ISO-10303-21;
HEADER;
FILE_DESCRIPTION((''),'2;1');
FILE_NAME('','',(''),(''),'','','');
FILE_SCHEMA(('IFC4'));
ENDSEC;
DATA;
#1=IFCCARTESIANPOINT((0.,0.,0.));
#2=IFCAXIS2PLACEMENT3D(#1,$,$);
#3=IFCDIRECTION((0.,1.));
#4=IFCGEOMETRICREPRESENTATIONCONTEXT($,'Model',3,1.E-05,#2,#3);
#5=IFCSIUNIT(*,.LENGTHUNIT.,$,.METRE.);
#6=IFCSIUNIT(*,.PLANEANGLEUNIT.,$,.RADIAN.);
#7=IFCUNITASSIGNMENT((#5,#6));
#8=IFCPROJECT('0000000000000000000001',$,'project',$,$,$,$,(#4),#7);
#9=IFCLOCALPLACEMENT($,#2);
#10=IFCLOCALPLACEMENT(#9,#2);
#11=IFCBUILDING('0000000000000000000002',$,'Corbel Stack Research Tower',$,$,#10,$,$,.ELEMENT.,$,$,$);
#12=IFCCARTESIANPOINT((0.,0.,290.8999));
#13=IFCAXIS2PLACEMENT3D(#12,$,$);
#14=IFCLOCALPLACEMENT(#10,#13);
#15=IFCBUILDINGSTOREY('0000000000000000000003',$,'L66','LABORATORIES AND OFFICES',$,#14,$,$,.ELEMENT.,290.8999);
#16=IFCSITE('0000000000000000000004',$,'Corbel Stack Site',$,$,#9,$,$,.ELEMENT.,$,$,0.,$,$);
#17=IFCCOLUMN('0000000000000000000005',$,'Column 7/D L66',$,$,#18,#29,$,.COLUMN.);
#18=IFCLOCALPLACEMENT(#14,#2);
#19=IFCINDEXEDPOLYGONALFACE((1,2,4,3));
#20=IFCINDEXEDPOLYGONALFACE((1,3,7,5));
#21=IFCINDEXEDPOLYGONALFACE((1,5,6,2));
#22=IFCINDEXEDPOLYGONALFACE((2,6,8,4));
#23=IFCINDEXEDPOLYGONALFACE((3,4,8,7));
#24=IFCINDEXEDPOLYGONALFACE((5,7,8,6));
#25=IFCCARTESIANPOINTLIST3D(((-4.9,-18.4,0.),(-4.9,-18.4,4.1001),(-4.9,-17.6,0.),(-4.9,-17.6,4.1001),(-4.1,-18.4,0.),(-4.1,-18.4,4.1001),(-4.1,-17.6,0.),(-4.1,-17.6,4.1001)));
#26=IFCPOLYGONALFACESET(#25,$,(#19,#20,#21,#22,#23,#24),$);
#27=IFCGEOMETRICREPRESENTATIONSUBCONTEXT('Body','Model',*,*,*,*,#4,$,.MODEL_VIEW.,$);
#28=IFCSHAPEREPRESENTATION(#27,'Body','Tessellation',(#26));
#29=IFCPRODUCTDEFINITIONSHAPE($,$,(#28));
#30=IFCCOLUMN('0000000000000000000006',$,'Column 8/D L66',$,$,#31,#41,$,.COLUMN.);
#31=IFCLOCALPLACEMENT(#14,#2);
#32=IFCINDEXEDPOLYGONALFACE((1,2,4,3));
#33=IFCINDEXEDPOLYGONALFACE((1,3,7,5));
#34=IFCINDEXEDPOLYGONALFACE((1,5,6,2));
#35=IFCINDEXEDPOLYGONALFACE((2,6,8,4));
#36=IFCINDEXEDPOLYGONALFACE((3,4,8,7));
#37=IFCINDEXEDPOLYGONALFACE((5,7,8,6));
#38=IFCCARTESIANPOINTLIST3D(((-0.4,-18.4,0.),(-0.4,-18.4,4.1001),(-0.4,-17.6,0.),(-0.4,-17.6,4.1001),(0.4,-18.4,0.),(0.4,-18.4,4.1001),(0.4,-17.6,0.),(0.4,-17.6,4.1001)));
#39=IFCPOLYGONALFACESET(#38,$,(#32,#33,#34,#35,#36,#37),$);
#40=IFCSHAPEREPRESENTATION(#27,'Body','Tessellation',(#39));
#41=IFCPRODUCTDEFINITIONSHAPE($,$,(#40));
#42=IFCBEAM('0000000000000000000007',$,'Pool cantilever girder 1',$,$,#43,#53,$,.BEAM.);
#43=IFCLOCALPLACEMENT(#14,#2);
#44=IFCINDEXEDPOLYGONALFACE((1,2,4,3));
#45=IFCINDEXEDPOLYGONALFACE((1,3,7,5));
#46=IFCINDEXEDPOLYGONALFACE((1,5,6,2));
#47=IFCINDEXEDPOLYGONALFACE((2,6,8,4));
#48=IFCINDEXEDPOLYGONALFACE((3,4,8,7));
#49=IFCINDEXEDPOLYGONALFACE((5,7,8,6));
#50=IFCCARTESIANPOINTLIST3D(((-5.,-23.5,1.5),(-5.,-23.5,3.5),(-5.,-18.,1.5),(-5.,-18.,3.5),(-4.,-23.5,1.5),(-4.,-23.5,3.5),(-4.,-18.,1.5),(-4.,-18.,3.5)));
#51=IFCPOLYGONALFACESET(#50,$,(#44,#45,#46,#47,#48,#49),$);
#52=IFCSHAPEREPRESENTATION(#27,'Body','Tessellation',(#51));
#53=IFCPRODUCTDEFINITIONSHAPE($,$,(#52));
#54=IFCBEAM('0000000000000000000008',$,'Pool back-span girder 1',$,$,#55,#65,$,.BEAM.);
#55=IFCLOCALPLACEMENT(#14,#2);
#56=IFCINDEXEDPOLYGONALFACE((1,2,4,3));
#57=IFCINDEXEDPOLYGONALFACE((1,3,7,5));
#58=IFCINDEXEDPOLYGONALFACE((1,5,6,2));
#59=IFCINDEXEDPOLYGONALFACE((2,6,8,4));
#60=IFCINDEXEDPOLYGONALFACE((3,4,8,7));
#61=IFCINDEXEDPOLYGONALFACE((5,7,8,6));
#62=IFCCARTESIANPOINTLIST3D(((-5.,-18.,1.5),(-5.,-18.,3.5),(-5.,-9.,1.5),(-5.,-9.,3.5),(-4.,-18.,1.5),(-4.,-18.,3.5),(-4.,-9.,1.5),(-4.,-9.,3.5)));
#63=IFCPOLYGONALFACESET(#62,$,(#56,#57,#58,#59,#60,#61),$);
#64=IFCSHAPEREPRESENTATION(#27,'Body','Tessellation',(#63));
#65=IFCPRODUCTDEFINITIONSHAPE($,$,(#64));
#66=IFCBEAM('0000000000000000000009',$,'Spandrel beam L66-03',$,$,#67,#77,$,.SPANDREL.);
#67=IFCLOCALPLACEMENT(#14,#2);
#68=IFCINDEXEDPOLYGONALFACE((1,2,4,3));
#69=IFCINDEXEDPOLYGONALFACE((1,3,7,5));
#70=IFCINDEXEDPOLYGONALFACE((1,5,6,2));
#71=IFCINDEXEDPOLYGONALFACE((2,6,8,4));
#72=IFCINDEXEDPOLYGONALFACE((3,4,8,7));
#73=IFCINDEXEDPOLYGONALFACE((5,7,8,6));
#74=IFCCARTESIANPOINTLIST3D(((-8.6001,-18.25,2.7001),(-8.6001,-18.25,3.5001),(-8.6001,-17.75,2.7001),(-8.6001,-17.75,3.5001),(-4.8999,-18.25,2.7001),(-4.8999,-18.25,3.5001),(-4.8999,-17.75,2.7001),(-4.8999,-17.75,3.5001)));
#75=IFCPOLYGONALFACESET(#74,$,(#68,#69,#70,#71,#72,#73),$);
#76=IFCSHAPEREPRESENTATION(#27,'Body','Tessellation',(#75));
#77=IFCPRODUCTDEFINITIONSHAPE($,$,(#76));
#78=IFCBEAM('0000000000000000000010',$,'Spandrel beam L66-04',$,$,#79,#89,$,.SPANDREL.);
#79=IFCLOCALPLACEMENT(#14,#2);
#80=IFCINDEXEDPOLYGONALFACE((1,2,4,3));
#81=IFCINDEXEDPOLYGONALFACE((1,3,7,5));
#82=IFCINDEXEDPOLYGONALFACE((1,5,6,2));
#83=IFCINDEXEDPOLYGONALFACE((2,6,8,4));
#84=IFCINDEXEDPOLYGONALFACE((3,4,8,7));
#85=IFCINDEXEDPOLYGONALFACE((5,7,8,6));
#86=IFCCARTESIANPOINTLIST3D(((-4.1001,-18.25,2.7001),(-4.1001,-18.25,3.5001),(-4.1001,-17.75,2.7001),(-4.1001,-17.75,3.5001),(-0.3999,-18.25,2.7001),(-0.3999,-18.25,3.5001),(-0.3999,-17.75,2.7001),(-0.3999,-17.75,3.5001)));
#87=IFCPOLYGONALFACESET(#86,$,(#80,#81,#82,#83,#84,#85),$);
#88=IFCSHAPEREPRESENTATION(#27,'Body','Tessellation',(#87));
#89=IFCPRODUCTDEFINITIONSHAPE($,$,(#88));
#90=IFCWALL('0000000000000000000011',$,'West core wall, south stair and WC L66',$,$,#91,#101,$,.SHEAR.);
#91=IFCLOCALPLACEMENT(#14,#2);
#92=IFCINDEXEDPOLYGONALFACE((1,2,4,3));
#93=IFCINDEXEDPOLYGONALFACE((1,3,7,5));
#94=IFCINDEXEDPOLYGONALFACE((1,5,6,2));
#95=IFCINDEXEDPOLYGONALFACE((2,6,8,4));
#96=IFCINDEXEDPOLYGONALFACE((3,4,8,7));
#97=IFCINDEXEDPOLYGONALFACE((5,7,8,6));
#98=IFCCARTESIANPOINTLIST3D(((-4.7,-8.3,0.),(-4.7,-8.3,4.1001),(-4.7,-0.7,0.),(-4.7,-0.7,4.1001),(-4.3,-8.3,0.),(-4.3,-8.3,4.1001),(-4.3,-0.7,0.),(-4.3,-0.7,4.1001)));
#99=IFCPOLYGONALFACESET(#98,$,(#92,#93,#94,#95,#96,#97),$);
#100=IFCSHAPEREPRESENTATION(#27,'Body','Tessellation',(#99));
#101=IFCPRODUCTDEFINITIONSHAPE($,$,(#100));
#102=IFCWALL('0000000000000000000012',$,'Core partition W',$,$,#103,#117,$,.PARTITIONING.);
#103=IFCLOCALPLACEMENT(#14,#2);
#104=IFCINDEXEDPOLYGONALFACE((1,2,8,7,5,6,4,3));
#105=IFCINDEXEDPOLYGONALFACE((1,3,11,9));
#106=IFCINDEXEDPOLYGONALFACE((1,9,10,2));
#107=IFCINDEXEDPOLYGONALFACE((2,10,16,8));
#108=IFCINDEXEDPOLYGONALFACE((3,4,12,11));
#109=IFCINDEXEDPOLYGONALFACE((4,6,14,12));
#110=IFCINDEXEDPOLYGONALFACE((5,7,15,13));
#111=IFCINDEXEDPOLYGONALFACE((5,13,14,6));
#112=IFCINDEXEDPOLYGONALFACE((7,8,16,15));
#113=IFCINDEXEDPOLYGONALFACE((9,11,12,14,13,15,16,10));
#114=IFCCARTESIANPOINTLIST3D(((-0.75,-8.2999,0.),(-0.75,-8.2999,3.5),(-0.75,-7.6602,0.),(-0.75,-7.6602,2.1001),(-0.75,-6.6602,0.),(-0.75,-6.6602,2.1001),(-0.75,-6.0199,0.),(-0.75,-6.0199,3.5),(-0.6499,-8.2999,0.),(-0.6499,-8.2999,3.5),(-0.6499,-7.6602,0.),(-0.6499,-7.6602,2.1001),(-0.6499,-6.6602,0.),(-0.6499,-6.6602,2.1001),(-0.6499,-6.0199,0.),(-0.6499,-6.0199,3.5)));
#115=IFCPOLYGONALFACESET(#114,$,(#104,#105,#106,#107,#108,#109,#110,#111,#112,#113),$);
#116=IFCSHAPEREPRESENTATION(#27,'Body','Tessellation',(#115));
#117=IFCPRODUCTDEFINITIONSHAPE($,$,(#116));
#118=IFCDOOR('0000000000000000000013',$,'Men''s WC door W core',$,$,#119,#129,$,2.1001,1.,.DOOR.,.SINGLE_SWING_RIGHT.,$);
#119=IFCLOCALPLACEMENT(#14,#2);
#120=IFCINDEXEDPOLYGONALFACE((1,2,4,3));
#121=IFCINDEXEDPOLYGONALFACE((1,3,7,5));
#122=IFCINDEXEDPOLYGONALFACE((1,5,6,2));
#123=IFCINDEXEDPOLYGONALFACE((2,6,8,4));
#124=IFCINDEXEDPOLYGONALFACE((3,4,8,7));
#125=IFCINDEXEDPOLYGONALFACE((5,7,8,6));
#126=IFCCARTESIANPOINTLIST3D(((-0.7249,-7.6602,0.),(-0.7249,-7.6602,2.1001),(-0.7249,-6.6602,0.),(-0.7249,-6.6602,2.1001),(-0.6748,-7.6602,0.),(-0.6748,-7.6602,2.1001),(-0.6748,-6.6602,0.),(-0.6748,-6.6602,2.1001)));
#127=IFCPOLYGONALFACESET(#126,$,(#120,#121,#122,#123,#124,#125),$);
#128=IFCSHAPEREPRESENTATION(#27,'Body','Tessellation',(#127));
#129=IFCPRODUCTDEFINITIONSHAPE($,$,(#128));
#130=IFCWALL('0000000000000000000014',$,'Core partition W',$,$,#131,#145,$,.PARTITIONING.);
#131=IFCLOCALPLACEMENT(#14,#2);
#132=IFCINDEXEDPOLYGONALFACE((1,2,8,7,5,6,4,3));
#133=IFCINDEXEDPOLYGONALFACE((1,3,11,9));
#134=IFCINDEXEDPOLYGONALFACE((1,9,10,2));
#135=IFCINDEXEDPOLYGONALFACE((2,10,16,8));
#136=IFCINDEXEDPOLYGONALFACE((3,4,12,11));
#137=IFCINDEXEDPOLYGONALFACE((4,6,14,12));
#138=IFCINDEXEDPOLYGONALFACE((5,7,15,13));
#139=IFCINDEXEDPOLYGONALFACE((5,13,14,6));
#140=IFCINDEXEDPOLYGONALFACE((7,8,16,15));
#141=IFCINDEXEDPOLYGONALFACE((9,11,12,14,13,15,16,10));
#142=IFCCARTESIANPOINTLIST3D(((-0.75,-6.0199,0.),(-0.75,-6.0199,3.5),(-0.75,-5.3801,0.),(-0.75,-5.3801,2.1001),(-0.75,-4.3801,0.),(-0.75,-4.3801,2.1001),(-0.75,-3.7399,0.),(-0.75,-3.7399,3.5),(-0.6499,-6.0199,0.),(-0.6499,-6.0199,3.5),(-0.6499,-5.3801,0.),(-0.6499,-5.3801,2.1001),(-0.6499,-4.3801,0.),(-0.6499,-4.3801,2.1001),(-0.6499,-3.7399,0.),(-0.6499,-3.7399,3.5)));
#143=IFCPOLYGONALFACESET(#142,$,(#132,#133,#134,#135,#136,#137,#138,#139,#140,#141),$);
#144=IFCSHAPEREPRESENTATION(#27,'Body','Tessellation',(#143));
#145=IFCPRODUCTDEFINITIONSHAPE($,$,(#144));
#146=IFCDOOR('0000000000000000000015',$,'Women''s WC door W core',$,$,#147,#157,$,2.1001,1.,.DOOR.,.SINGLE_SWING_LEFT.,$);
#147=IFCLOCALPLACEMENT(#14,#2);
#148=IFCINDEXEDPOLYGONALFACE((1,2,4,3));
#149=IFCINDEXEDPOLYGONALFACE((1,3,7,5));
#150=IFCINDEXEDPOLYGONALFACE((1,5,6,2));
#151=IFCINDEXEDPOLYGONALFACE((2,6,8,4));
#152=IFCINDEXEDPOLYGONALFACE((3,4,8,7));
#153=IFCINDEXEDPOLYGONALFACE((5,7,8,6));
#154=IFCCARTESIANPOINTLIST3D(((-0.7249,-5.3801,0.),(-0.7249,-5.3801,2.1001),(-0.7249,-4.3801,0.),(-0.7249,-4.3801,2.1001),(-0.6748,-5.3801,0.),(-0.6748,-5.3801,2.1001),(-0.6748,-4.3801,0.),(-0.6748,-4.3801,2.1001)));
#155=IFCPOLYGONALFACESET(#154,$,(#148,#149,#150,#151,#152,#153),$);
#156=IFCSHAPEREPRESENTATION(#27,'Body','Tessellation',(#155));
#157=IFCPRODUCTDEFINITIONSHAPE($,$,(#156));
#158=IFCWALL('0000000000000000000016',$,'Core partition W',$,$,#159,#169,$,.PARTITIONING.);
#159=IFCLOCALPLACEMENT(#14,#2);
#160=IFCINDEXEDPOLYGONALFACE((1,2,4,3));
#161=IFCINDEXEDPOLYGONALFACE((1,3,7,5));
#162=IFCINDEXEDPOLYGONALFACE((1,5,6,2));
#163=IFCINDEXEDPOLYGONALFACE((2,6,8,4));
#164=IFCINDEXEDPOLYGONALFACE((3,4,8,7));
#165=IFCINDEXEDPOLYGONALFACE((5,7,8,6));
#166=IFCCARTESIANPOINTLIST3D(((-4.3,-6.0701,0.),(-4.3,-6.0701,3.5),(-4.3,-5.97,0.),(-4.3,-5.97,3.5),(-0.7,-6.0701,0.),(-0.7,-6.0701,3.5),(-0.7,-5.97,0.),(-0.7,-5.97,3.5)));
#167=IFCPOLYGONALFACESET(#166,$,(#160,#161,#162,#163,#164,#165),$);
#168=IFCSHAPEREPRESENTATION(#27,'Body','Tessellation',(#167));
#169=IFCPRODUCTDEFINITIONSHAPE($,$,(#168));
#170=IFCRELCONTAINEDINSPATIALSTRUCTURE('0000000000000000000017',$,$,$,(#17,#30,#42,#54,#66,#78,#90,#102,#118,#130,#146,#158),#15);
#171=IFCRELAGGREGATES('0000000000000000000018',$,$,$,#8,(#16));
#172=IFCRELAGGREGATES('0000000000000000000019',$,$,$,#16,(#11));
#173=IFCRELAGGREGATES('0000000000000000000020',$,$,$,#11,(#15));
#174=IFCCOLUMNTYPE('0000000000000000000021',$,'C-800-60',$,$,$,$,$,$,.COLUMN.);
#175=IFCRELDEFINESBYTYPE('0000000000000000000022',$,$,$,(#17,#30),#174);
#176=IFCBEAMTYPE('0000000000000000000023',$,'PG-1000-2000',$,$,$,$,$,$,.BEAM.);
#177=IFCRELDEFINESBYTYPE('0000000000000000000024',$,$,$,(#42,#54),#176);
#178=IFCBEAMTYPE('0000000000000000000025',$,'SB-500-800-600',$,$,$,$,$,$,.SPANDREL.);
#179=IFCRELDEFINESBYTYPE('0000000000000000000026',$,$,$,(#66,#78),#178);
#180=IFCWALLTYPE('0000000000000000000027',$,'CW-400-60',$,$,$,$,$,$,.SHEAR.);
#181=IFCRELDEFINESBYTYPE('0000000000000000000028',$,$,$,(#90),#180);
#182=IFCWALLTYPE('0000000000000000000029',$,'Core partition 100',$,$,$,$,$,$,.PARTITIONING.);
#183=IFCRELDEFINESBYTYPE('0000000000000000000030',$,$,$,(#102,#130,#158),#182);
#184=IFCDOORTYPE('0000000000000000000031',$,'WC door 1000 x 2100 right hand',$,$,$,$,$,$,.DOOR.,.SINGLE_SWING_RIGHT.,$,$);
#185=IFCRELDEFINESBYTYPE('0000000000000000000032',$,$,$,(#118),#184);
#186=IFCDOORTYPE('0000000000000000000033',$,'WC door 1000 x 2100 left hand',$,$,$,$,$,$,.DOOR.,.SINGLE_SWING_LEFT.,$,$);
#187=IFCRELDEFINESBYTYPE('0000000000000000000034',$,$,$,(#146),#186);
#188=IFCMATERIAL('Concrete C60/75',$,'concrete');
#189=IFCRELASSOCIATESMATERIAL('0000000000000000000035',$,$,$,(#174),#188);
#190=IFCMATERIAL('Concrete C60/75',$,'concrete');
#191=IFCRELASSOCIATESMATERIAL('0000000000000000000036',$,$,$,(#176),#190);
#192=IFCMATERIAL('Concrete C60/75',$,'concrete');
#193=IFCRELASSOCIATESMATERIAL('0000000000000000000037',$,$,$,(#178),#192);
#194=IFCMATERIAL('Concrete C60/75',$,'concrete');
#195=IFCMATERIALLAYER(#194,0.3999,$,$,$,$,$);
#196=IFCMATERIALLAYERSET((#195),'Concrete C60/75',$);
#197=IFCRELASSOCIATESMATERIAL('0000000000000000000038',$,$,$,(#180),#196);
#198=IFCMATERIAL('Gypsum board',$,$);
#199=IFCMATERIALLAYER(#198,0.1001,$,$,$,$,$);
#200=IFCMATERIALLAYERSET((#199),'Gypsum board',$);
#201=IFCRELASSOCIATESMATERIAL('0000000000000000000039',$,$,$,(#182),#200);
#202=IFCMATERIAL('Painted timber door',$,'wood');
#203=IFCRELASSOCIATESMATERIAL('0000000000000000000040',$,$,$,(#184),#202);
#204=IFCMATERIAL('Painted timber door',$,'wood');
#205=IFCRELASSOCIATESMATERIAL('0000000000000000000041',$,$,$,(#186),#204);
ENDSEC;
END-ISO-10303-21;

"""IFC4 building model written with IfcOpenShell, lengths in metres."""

from ifc_helpers import new_model, si_unit, direction, frame, frame_2d, origin, origin_2d, place, context, subcontext, project, spatial, rectangle, extrude, material, layer, layer_set, material_profile, profile_set, type_object, element, fill, save


model = new_model("IFC4")

# Units and contexts
model_context = context("Model", 3, precision=1e-05, world=origin(), true_north=direction((0.0, 1.0)))
body_context = subcontext(model_context, "Body", "Model", "MODEL_VIEW")
ifc_project = project(units=[si_unit("LENGTHUNIT", "METRE"), si_unit("PLANEANGLEUNIT", "RADIAN")], contexts=[model_context])

# Site, building, storey
site_placement = place(None, origin())
site = spatial("IfcSite", under=ifc_project, at=site_placement, Name="Corbel Stack Site", CompositionType="ELEMENT", RefElevation=0.0)
building_placement = place(site_placement, origin())
building = spatial("IfcBuilding", under=site, at=building_placement, Name="Corbel Stack Research Tower", CompositionType="ELEMENT")
storey_placement = place(building_placement, frame((0.0, 0.0, 290.8999)))
storey = spatial("IfcBuildingStorey", under=building, at=storey_placement, Name="L66", Description="LABORATORIES AND OFFICES", CompositionType="ELEMENT", Elevation=290.8999)

# Columns
ifc_material_1 = material(Name="Concrete C60/75", Category="concrete")
ifc_material_profile_1 = material_profile(ifc_material_1, rectangle(XDim=0.8, YDim=0.8, at=origin_2d()), Name="RC 800 x 800")
ifc_profile_set_1 = profile_set([ifc_material_profile_1], Name="Concrete C60/75")
column_type = type_object("IfcColumnType", Name="C-800-60", PredefinedType="COLUMN", material=ifc_profile_set_1)
for number, where, z_axis, x_axis, name in (
    (1, (-4.5, -18.0, 0.0), (0.0, 0.0, 1.0), (1.0, 0.0, 0.0), "Column 7/D L66"),
    (2, (0.0, -18.0, 0.0), (0.0, 0.0, 1.0), (1.0, 0.0, 0.0), "Column 8/D L66"),
):
    element("IfcColumn", number, at=place(storey_placement, frame(where, z_axis=z_axis, x_axis=x_axis)), inside=storey, type_object=column_type, Name=name, PredefinedType="COLUMN", context=body_context, shape_type="SweptSolid", body=[
        extrude(rectangle(XDim=0.8, YDim=0.8, at=origin_2d()), origin(), (0.0, 0.0, 1.0), 4.1001),
    ])

# Beams
ifc_material_2 = material(Name="Concrete C60/75", Category="concrete")
ifc_material_profile_2 = material_profile(ifc_material_2, rectangle(XDim=1.0, YDim=2.0, at=origin_2d()), Name="RC 1000 x 2000")
ifc_profile_set_2 = profile_set([ifc_material_profile_2], Name="Concrete C60/75")
beam_type_1 = type_object("IfcBeamType", Name="PG-1000-2000", PredefinedType="BEAM", material=ifc_profile_set_2)
beam_1_placement = place(storey_placement, frame((-4.5, -23.5, 2.5), z_axis=(0.0, 1.0, 0.0), x_axis=(-1.0, 0.0, 0.0)))
element("IfcBeam", 3, at=beam_1_placement, inside=storey, type_object=beam_type_1, Name="Pool cantilever girder 1", PredefinedType="BEAM", context=body_context, shape_type="SweptSolid", body=[
    extrude(rectangle(XDim=1.0, YDim=2.0, at=origin_2d()), origin(), (0.0, 0.0, 1.0), 5.5),
])
beam_2_placement = place(storey_placement, frame((-4.5, -18.0, 2.5), z_axis=(0.0, 1.0, 0.0), x_axis=(-1.0, 0.0, 0.0)))
element("IfcBeam", 4, at=beam_2_placement, inside=storey, type_object=beam_type_1, Name="Pool back-span girder 1", PredefinedType="BEAM", context=body_context, shape_type="SweptSolid", body=[
    extrude(rectangle(XDim=1.0, YDim=2.0, at=origin_2d()), origin(), (0.0, 0.0, 1.0), 9.0),
])
ifc_material_3 = material(Name="Concrete C60/75", Category="concrete")
ifc_material_profile_3 = material_profile(ifc_material_3, rectangle(XDim=0.5, YDim=0.8, at=origin_2d()), Name="RC 500 x 800")
ifc_profile_set_3 = profile_set([ifc_material_profile_3], Name="Concrete C60/75")
beam_type_2 = type_object("IfcBeamType", Name="SB-500-800-600", PredefinedType="SPANDREL", material=ifc_profile_set_3)
for number, where, z_axis, x_axis, name in (
    (5, (-8.6001, -18.0, 3.1001), (1.0, 0.0, 0.0), (0.0, 1.0, 0.0), "Spandrel beam L66-03"),
    (6, (-4.1001, -18.0, 3.1001), (1.0, 0.0, 0.0), (0.0, 1.0, 0.0), "Spandrel beam L66-04"),
):
    element("IfcBeam", number, at=place(storey_placement, frame(where, z_axis=z_axis, x_axis=x_axis)), inside=storey, type_object=beam_type_2, Name=name, PredefinedType="SPANDREL", context=body_context, shape_type="SweptSolid", body=[
        extrude(rectangle(XDim=0.5, YDim=0.8, at=origin_2d()), origin(), (0.0, 0.0, 1.0), 3.7002),
    ])

# Wall
ifc_material_4 = material(Name="Concrete C60/75", Category="concrete")
ifc_layer_1 = layer(ifc_material_4, 0.3999)
ifc_layer_set_1 = layer_set([ifc_layer_1], Name="Concrete C60/75")
wall_type_1 = type_object("IfcWallType", Name="CW-400-60", PredefinedType="SHEAR", material=ifc_layer_set_1)
wall_1_placement = place(storey_placement, frame((-4.5, -8.3, 0.0), z_axis=(0.0, 0.0, 1.0), x_axis=(0.0, 1.0, 0.0)))
element("IfcWall", 7, at=wall_1_placement, inside=storey, type_object=wall_type_1, Name="West core wall, south stair and WC L66", PredefinedType="SHEAR", context=body_context, shape_type="SweptSolid", body=[
    extrude(rectangle(XDim=7.6001, YDim=0.3999, at=frame_2d((3.8, 0.0))), origin(), (0.0, 0.0, 1.0), 4.1001),
])

# Walls, openings, doors
ifc_material_5 = material(Name="Gypsum board")
ifc_layer_2 = layer(ifc_material_5, 0.1001)
ifc_layer_set_2 = layer_set([ifc_layer_2], Name="Gypsum board")
wall_type_2 = type_object("IfcWallType", Name="Core partition 100", PredefinedType="PARTITIONING", material=ifc_layer_set_2)
wall_2_placement = place(storey_placement, frame((-0.7, -8.3, 0.0), z_axis=(0.0, 0.0, 1.0), x_axis=(0.0, 1.0, 0.0)))
wall_2 = element("IfcWall", 8, at=wall_2_placement, inside=storey, type_object=wall_type_2, Name="Core partition W", PredefinedType="PARTITIONING", context=body_context, shape_type="SweptSolid", body=[
    extrude(rectangle(XDim=2.28, YDim=0.1001, at=frame_2d((1.1401, 0.0))), origin(), (0.0, 0.0, 1.0), 3.5),
])
opening_1_placement = place(wall_2_placement, frame((0.6399, 0.0, 0.0)))
opening_1 = element("IfcOpeningElement", 9, at=opening_1_placement, cuts=wall_2, PredefinedType="OPENING", context=body_context, shape_type="SweptSolid", body=[
    extrude(rectangle(XDim=1.0, YDim=2.1001, at=frame_2d((0.5, 1.05))), frame((0.0, 0.0601, 0.0), z_axis=(0.0, -1.0, 0.0), x_axis=(1.0, 0.0, 0.0)), (0.0, 0.0, 1.0), 0.1201),
])
ifc_material_6 = material(Name="Painted timber door", Category="wood")
door_type_1 = type_object("IfcDoorType", Name="WC door 1000 x 2100 right hand", OperationType="SINGLE_SWING_RIGHT", PredefinedType="DOOR", material=ifc_material_6)
door_1_placement = place(opening_1_placement, origin())
door_1 = element("IfcDoor", 10, at=door_1_placement, inside=storey, type_object=door_type_1, Name="Men's WC door W core", OperationType="SINGLE_SWING_RIGHT", OverallHeight=2.1001, OverallWidth=1.0, PredefinedType="DOOR", context=body_context, shape_type="SweptSolid", body=[
    extrude(rectangle(XDim=1.0, YDim=2.1001, at=frame_2d((0.5, 1.05))), frame((0.0, 0.0249, 0.0), z_axis=(0.0, -1.0, 0.0), x_axis=(1.0, 0.0, 0.0)), (0.0, 0.0, 1.0), 0.05),
])
fill(opening_1, door_1)
wall_3_placement = place(storey_placement, frame((-0.7, -6.02, 0.0), z_axis=(0.0, 0.0, 1.0), x_axis=(0.0, 1.0, 0.0)))
wall_3 = element("IfcWall", 11, at=wall_3_placement, inside=storey, type_object=wall_type_2, Name="Core partition W", PredefinedType="PARTITIONING", context=body_context, shape_type="SweptSolid", body=[
    extrude(rectangle(XDim=2.28, YDim=0.1001, at=frame_2d((1.1401, 0.0))), origin(), (0.0, 0.0, 1.0), 3.5),
])
opening_2_placement = place(wall_3_placement, frame((0.6399, 0.0, 0.0)))
opening_2 = element("IfcOpeningElement", 12, at=opening_2_placement, cuts=wall_3, PredefinedType="OPENING", context=body_context, shape_type="SweptSolid", body=[
    extrude(rectangle(XDim=1.0, YDim=2.1001, at=frame_2d((0.5, 1.05))), frame((0.0, 0.0601, 0.0), z_axis=(0.0, -1.0, 0.0), x_axis=(1.0, 0.0, 0.0)), (0.0, 0.0, 1.0), 0.1201),
])
ifc_material_7 = material(Name="Painted timber door", Category="wood")
door_type_2 = type_object("IfcDoorType", Name="WC door 1000 x 2100 left hand", OperationType="SINGLE_SWING_LEFT", PredefinedType="DOOR", material=ifc_material_7)
door_2_placement = place(opening_2_placement, origin())
door_2 = element("IfcDoor", 13, at=door_2_placement, inside=storey, type_object=door_type_2, Name="Women's WC door W core", OperationType="SINGLE_SWING_LEFT", OverallHeight=2.1001, OverallWidth=1.0, PredefinedType="DOOR", context=body_context, shape_type="SweptSolid", body=[
    extrude(rectangle(XDim=1.0, YDim=2.1001, at=frame_2d((0.5, 1.05))), frame((0.0, 0.0249, 0.0), z_axis=(0.0, -1.0, 0.0), x_axis=(1.0, 0.0, 0.0)), (0.0, 0.0, 1.0), 0.05),
])
fill(opening_2, door_2)

# Wall
wall_4_placement = place(storey_placement, frame((-4.3, -6.02, 0.0), z_axis=(0.0, 0.0, 1.0), x_axis=(1.0, 0.0, 0.0)))
element("IfcWall", 14, at=wall_4_placement, inside=storey, type_object=wall_type_2, Name="Core partition W", PredefinedType="PARTITIONING", context=body_context, shape_type="SweptSolid", body=[
    extrude(rectangle(XDim=3.6001, YDim=0.1001, at=frame_2d((1.8, 0.0))), origin(), (0.0, 0.0, 1.0), 3.5),
])

save(model, "model.ifc")
